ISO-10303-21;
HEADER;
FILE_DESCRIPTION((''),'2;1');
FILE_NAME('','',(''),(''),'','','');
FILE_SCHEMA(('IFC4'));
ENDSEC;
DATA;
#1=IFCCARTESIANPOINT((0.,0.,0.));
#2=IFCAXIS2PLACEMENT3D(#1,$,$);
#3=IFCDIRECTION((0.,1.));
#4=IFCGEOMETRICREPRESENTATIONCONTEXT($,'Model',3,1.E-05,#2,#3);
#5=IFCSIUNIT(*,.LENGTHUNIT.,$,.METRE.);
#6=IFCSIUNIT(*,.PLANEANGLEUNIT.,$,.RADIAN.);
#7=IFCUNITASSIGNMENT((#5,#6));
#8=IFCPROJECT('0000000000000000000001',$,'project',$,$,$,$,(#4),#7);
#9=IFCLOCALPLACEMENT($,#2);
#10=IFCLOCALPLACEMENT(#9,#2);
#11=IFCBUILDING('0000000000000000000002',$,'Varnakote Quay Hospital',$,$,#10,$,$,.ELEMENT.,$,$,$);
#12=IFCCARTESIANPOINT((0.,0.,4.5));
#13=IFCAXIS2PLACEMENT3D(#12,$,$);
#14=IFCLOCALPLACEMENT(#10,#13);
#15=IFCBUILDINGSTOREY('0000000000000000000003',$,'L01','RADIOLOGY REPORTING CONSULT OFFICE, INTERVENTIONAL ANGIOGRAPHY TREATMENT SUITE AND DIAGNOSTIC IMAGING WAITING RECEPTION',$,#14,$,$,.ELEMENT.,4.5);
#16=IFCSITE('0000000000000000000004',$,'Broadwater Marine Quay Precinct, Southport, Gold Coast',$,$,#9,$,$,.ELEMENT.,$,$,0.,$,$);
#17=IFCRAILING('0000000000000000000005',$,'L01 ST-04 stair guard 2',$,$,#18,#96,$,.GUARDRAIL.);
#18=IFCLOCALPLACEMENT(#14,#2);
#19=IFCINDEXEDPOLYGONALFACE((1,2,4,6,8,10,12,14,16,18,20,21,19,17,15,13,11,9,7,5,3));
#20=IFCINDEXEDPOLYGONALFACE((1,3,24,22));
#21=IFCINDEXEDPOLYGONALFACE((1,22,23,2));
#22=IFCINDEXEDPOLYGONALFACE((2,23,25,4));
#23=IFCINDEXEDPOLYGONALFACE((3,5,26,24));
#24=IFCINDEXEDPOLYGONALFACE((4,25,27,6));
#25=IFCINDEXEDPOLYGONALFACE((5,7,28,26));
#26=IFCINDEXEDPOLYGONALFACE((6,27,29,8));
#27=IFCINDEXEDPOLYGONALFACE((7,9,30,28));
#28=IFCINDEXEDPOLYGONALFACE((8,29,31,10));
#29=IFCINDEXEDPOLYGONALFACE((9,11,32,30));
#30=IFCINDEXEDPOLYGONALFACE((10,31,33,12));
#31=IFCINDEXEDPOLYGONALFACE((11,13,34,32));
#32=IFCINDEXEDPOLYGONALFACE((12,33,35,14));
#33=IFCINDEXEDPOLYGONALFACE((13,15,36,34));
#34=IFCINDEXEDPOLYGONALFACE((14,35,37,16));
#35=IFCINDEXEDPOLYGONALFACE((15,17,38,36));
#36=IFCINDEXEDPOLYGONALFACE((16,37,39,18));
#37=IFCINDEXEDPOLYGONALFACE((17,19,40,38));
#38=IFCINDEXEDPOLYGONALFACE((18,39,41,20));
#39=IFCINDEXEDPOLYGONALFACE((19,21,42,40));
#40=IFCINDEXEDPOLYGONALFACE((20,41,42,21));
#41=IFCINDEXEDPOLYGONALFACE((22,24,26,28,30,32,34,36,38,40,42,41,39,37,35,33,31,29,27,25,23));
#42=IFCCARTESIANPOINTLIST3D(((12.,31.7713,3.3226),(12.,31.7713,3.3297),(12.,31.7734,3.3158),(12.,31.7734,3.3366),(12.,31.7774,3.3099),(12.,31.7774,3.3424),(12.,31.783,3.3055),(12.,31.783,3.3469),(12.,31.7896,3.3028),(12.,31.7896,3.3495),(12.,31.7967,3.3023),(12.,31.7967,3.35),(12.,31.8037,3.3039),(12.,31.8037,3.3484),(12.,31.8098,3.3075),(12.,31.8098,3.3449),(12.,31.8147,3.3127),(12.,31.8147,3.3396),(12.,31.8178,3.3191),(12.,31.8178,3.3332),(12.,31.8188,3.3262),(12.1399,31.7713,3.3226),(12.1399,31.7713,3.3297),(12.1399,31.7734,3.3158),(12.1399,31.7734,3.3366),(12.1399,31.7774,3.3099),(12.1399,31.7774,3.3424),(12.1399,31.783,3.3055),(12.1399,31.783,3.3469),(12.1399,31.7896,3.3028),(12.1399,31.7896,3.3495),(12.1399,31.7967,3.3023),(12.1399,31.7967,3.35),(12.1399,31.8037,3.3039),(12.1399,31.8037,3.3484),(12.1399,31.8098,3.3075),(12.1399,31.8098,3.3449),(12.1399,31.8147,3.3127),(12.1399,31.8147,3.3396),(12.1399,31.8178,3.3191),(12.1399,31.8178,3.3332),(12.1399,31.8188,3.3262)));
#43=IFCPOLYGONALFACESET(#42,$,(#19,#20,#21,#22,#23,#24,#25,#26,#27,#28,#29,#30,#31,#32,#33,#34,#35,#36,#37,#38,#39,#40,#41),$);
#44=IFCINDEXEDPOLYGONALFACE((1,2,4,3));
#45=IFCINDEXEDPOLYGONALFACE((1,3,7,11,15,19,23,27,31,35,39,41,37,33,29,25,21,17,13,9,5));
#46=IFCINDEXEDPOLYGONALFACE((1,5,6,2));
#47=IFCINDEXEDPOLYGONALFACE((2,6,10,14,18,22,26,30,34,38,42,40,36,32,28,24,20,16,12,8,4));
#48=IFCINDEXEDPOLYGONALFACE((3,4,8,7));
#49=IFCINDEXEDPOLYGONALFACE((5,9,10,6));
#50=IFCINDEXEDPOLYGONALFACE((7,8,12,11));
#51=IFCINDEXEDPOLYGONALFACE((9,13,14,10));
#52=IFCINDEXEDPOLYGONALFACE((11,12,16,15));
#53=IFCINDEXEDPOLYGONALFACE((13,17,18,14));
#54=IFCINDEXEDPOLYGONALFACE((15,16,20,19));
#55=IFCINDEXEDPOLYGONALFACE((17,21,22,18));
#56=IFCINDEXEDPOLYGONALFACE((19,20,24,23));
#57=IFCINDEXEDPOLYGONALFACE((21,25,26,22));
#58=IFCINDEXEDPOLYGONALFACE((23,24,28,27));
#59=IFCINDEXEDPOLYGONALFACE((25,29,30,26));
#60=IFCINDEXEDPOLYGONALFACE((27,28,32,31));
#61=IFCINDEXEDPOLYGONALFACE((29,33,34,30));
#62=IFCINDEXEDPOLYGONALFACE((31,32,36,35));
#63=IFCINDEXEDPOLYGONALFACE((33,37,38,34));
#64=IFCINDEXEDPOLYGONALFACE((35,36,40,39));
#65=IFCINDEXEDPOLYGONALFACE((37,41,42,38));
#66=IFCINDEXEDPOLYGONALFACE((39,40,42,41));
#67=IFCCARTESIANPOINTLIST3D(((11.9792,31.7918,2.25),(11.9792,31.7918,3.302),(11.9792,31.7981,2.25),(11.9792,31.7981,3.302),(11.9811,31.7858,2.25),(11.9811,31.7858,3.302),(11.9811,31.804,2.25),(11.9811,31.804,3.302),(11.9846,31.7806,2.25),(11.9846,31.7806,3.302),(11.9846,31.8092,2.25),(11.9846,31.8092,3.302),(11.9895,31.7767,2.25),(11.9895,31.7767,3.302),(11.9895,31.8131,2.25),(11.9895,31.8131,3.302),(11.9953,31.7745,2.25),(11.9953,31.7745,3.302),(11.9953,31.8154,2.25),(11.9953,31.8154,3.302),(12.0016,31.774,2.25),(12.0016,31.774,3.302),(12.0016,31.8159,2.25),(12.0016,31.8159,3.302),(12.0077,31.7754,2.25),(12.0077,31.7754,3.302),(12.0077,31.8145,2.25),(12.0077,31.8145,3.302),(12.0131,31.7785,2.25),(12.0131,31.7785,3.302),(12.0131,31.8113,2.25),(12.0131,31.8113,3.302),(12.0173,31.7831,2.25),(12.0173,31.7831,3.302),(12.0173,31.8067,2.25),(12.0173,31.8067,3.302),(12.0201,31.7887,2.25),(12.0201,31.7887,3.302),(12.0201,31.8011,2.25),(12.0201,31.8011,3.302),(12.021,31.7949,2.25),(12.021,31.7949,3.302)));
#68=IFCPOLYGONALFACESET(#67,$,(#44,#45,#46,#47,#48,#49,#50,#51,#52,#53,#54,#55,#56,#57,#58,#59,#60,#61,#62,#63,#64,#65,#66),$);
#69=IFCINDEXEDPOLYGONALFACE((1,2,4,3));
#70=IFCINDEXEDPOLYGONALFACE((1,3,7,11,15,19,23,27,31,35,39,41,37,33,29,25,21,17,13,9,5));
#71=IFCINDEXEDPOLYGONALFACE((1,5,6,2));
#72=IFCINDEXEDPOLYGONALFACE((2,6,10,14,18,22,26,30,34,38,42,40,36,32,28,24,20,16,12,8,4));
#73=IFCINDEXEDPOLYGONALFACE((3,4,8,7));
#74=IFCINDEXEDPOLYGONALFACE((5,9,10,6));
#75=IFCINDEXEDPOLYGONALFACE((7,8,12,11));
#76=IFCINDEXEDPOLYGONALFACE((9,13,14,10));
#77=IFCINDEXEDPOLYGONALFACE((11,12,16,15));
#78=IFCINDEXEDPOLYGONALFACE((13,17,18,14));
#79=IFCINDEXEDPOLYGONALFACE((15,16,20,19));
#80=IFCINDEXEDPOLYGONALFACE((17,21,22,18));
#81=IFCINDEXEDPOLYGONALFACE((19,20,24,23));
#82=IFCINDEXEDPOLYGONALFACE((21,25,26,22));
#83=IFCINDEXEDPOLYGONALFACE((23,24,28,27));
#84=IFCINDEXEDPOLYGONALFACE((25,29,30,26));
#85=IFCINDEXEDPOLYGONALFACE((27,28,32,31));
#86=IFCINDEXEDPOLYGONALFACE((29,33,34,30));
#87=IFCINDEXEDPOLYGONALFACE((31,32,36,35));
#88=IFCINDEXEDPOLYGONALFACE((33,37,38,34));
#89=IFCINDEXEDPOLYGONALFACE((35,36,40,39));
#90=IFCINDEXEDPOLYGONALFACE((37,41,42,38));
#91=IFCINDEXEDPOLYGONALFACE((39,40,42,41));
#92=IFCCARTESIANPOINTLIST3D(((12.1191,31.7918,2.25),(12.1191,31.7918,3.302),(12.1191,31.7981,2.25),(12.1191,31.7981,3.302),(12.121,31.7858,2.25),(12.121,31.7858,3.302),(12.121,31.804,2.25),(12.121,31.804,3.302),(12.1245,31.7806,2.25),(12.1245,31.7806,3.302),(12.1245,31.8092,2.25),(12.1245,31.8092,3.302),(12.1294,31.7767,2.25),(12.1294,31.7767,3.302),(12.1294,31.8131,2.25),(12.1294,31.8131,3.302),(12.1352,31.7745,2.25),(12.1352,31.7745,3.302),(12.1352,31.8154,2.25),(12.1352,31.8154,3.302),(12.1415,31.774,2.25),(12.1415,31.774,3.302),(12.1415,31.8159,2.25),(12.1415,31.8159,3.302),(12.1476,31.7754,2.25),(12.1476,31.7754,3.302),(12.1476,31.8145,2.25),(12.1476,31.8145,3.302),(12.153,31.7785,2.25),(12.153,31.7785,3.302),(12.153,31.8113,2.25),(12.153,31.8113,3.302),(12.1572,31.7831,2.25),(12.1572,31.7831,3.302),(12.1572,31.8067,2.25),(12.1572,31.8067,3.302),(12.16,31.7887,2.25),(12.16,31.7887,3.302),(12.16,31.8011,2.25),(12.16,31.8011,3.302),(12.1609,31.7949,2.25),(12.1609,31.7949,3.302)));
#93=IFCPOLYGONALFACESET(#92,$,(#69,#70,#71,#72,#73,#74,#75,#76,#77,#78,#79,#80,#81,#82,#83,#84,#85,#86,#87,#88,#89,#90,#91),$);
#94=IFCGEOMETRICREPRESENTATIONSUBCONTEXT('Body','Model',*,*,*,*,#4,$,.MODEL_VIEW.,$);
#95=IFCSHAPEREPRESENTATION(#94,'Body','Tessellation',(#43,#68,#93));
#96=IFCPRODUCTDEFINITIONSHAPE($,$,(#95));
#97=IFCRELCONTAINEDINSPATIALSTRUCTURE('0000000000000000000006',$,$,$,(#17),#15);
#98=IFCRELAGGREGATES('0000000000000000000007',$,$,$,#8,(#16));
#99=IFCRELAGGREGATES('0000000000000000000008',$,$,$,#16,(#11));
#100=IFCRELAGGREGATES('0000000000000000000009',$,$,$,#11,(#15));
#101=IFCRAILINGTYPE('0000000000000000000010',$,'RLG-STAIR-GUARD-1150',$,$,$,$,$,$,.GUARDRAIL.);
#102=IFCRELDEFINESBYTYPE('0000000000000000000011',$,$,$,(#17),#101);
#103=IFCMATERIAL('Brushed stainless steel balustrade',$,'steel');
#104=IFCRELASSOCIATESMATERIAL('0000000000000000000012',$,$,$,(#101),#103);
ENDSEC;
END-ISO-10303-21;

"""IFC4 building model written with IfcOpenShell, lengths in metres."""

from ifc_helpers import new_model, si_unit, direction, frame, origin, origin_2d, place, context, subcontext, project, spatial, circle, extrude, material, type_object, element, save


model = new_model("IFC4")

# Units and contexts
model_context = context("Model", 3, precision=1e-05, world=origin(), true_north=direction((0.0, 1.0)))
body_context = subcontext(model_context, "Body", "Model", "MODEL_VIEW")
ifc_project = project(units=[si_unit("LENGTHUNIT", "METRE"), si_unit("PLANEANGLEUNIT", "RADIAN")], contexts=[model_context])

# Site, building, storey
site_placement = place(None, origin())
site = spatial("IfcSite", under=ifc_project, at=site_placement, Name="Broadwater Marine Quay Precinct, Southport, Gold Coast", CompositionType="ELEMENT", RefElevation=0.0)
building_placement = place(site_placement, origin())
building = spatial("IfcBuilding", under=site, at=building_placement, Name="Varnakote Quay Hospital", CompositionType="ELEMENT")
storey_placement = place(building_placement, frame((0.0, 0.0, 4.5)))
storey = spatial("IfcBuildingStorey", under=building, at=storey_placement, Name="L01", Description="RADIOLOGY REPORTING CONSULT OFFICE, INTERVENTIONAL ANGIOGRAPHY TREATMENT SUITE AND DIAGNOSTIC IMAGING WAITING RECEPTION", CompositionType="ELEMENT", Elevation=4.5)

# Railing
ifc_material_1 = material(Name="Brushed stainless steel balustrade", Category="steel")
railing_type_1 = type_object("IfcRailingType", Name="RLG-STAIR-GUARD-1150", PredefinedType="GUARDRAIL", material=ifc_material_1)
railing_1_placement = place(storey_placement, frame((12.0, 31.7949, 2.25)))
element("IfcRailing", 1, at=railing_1_placement, inside=storey, type_object=railing_type_1, Name="L01 ST-04 stair guard 2", PredefinedType="GUARDRAIL", context=body_context, shape_type="SweptSolid", body=[
    extrude(circle(Radius=0.0239, at=origin_2d()), frame((0.0, 0.0, 1.0762), z_axis=(1.0, 0.0, 0.0), x_axis=(0.0, 1.0, 0.0)), (0.0, 0.0, 1.0), 0.1399),
    extrude(circle(Radius=0.021, at=origin_2d()), origin(), (0.0, 0.0, 1.0), 1.052),
    extrude(circle(Radius=0.021, at=origin_2d()), frame((0.1399, 0.0, 0.0)), (0.0, 0.0, 1.0), 1.052),
])

save(model, "model.ifc")
